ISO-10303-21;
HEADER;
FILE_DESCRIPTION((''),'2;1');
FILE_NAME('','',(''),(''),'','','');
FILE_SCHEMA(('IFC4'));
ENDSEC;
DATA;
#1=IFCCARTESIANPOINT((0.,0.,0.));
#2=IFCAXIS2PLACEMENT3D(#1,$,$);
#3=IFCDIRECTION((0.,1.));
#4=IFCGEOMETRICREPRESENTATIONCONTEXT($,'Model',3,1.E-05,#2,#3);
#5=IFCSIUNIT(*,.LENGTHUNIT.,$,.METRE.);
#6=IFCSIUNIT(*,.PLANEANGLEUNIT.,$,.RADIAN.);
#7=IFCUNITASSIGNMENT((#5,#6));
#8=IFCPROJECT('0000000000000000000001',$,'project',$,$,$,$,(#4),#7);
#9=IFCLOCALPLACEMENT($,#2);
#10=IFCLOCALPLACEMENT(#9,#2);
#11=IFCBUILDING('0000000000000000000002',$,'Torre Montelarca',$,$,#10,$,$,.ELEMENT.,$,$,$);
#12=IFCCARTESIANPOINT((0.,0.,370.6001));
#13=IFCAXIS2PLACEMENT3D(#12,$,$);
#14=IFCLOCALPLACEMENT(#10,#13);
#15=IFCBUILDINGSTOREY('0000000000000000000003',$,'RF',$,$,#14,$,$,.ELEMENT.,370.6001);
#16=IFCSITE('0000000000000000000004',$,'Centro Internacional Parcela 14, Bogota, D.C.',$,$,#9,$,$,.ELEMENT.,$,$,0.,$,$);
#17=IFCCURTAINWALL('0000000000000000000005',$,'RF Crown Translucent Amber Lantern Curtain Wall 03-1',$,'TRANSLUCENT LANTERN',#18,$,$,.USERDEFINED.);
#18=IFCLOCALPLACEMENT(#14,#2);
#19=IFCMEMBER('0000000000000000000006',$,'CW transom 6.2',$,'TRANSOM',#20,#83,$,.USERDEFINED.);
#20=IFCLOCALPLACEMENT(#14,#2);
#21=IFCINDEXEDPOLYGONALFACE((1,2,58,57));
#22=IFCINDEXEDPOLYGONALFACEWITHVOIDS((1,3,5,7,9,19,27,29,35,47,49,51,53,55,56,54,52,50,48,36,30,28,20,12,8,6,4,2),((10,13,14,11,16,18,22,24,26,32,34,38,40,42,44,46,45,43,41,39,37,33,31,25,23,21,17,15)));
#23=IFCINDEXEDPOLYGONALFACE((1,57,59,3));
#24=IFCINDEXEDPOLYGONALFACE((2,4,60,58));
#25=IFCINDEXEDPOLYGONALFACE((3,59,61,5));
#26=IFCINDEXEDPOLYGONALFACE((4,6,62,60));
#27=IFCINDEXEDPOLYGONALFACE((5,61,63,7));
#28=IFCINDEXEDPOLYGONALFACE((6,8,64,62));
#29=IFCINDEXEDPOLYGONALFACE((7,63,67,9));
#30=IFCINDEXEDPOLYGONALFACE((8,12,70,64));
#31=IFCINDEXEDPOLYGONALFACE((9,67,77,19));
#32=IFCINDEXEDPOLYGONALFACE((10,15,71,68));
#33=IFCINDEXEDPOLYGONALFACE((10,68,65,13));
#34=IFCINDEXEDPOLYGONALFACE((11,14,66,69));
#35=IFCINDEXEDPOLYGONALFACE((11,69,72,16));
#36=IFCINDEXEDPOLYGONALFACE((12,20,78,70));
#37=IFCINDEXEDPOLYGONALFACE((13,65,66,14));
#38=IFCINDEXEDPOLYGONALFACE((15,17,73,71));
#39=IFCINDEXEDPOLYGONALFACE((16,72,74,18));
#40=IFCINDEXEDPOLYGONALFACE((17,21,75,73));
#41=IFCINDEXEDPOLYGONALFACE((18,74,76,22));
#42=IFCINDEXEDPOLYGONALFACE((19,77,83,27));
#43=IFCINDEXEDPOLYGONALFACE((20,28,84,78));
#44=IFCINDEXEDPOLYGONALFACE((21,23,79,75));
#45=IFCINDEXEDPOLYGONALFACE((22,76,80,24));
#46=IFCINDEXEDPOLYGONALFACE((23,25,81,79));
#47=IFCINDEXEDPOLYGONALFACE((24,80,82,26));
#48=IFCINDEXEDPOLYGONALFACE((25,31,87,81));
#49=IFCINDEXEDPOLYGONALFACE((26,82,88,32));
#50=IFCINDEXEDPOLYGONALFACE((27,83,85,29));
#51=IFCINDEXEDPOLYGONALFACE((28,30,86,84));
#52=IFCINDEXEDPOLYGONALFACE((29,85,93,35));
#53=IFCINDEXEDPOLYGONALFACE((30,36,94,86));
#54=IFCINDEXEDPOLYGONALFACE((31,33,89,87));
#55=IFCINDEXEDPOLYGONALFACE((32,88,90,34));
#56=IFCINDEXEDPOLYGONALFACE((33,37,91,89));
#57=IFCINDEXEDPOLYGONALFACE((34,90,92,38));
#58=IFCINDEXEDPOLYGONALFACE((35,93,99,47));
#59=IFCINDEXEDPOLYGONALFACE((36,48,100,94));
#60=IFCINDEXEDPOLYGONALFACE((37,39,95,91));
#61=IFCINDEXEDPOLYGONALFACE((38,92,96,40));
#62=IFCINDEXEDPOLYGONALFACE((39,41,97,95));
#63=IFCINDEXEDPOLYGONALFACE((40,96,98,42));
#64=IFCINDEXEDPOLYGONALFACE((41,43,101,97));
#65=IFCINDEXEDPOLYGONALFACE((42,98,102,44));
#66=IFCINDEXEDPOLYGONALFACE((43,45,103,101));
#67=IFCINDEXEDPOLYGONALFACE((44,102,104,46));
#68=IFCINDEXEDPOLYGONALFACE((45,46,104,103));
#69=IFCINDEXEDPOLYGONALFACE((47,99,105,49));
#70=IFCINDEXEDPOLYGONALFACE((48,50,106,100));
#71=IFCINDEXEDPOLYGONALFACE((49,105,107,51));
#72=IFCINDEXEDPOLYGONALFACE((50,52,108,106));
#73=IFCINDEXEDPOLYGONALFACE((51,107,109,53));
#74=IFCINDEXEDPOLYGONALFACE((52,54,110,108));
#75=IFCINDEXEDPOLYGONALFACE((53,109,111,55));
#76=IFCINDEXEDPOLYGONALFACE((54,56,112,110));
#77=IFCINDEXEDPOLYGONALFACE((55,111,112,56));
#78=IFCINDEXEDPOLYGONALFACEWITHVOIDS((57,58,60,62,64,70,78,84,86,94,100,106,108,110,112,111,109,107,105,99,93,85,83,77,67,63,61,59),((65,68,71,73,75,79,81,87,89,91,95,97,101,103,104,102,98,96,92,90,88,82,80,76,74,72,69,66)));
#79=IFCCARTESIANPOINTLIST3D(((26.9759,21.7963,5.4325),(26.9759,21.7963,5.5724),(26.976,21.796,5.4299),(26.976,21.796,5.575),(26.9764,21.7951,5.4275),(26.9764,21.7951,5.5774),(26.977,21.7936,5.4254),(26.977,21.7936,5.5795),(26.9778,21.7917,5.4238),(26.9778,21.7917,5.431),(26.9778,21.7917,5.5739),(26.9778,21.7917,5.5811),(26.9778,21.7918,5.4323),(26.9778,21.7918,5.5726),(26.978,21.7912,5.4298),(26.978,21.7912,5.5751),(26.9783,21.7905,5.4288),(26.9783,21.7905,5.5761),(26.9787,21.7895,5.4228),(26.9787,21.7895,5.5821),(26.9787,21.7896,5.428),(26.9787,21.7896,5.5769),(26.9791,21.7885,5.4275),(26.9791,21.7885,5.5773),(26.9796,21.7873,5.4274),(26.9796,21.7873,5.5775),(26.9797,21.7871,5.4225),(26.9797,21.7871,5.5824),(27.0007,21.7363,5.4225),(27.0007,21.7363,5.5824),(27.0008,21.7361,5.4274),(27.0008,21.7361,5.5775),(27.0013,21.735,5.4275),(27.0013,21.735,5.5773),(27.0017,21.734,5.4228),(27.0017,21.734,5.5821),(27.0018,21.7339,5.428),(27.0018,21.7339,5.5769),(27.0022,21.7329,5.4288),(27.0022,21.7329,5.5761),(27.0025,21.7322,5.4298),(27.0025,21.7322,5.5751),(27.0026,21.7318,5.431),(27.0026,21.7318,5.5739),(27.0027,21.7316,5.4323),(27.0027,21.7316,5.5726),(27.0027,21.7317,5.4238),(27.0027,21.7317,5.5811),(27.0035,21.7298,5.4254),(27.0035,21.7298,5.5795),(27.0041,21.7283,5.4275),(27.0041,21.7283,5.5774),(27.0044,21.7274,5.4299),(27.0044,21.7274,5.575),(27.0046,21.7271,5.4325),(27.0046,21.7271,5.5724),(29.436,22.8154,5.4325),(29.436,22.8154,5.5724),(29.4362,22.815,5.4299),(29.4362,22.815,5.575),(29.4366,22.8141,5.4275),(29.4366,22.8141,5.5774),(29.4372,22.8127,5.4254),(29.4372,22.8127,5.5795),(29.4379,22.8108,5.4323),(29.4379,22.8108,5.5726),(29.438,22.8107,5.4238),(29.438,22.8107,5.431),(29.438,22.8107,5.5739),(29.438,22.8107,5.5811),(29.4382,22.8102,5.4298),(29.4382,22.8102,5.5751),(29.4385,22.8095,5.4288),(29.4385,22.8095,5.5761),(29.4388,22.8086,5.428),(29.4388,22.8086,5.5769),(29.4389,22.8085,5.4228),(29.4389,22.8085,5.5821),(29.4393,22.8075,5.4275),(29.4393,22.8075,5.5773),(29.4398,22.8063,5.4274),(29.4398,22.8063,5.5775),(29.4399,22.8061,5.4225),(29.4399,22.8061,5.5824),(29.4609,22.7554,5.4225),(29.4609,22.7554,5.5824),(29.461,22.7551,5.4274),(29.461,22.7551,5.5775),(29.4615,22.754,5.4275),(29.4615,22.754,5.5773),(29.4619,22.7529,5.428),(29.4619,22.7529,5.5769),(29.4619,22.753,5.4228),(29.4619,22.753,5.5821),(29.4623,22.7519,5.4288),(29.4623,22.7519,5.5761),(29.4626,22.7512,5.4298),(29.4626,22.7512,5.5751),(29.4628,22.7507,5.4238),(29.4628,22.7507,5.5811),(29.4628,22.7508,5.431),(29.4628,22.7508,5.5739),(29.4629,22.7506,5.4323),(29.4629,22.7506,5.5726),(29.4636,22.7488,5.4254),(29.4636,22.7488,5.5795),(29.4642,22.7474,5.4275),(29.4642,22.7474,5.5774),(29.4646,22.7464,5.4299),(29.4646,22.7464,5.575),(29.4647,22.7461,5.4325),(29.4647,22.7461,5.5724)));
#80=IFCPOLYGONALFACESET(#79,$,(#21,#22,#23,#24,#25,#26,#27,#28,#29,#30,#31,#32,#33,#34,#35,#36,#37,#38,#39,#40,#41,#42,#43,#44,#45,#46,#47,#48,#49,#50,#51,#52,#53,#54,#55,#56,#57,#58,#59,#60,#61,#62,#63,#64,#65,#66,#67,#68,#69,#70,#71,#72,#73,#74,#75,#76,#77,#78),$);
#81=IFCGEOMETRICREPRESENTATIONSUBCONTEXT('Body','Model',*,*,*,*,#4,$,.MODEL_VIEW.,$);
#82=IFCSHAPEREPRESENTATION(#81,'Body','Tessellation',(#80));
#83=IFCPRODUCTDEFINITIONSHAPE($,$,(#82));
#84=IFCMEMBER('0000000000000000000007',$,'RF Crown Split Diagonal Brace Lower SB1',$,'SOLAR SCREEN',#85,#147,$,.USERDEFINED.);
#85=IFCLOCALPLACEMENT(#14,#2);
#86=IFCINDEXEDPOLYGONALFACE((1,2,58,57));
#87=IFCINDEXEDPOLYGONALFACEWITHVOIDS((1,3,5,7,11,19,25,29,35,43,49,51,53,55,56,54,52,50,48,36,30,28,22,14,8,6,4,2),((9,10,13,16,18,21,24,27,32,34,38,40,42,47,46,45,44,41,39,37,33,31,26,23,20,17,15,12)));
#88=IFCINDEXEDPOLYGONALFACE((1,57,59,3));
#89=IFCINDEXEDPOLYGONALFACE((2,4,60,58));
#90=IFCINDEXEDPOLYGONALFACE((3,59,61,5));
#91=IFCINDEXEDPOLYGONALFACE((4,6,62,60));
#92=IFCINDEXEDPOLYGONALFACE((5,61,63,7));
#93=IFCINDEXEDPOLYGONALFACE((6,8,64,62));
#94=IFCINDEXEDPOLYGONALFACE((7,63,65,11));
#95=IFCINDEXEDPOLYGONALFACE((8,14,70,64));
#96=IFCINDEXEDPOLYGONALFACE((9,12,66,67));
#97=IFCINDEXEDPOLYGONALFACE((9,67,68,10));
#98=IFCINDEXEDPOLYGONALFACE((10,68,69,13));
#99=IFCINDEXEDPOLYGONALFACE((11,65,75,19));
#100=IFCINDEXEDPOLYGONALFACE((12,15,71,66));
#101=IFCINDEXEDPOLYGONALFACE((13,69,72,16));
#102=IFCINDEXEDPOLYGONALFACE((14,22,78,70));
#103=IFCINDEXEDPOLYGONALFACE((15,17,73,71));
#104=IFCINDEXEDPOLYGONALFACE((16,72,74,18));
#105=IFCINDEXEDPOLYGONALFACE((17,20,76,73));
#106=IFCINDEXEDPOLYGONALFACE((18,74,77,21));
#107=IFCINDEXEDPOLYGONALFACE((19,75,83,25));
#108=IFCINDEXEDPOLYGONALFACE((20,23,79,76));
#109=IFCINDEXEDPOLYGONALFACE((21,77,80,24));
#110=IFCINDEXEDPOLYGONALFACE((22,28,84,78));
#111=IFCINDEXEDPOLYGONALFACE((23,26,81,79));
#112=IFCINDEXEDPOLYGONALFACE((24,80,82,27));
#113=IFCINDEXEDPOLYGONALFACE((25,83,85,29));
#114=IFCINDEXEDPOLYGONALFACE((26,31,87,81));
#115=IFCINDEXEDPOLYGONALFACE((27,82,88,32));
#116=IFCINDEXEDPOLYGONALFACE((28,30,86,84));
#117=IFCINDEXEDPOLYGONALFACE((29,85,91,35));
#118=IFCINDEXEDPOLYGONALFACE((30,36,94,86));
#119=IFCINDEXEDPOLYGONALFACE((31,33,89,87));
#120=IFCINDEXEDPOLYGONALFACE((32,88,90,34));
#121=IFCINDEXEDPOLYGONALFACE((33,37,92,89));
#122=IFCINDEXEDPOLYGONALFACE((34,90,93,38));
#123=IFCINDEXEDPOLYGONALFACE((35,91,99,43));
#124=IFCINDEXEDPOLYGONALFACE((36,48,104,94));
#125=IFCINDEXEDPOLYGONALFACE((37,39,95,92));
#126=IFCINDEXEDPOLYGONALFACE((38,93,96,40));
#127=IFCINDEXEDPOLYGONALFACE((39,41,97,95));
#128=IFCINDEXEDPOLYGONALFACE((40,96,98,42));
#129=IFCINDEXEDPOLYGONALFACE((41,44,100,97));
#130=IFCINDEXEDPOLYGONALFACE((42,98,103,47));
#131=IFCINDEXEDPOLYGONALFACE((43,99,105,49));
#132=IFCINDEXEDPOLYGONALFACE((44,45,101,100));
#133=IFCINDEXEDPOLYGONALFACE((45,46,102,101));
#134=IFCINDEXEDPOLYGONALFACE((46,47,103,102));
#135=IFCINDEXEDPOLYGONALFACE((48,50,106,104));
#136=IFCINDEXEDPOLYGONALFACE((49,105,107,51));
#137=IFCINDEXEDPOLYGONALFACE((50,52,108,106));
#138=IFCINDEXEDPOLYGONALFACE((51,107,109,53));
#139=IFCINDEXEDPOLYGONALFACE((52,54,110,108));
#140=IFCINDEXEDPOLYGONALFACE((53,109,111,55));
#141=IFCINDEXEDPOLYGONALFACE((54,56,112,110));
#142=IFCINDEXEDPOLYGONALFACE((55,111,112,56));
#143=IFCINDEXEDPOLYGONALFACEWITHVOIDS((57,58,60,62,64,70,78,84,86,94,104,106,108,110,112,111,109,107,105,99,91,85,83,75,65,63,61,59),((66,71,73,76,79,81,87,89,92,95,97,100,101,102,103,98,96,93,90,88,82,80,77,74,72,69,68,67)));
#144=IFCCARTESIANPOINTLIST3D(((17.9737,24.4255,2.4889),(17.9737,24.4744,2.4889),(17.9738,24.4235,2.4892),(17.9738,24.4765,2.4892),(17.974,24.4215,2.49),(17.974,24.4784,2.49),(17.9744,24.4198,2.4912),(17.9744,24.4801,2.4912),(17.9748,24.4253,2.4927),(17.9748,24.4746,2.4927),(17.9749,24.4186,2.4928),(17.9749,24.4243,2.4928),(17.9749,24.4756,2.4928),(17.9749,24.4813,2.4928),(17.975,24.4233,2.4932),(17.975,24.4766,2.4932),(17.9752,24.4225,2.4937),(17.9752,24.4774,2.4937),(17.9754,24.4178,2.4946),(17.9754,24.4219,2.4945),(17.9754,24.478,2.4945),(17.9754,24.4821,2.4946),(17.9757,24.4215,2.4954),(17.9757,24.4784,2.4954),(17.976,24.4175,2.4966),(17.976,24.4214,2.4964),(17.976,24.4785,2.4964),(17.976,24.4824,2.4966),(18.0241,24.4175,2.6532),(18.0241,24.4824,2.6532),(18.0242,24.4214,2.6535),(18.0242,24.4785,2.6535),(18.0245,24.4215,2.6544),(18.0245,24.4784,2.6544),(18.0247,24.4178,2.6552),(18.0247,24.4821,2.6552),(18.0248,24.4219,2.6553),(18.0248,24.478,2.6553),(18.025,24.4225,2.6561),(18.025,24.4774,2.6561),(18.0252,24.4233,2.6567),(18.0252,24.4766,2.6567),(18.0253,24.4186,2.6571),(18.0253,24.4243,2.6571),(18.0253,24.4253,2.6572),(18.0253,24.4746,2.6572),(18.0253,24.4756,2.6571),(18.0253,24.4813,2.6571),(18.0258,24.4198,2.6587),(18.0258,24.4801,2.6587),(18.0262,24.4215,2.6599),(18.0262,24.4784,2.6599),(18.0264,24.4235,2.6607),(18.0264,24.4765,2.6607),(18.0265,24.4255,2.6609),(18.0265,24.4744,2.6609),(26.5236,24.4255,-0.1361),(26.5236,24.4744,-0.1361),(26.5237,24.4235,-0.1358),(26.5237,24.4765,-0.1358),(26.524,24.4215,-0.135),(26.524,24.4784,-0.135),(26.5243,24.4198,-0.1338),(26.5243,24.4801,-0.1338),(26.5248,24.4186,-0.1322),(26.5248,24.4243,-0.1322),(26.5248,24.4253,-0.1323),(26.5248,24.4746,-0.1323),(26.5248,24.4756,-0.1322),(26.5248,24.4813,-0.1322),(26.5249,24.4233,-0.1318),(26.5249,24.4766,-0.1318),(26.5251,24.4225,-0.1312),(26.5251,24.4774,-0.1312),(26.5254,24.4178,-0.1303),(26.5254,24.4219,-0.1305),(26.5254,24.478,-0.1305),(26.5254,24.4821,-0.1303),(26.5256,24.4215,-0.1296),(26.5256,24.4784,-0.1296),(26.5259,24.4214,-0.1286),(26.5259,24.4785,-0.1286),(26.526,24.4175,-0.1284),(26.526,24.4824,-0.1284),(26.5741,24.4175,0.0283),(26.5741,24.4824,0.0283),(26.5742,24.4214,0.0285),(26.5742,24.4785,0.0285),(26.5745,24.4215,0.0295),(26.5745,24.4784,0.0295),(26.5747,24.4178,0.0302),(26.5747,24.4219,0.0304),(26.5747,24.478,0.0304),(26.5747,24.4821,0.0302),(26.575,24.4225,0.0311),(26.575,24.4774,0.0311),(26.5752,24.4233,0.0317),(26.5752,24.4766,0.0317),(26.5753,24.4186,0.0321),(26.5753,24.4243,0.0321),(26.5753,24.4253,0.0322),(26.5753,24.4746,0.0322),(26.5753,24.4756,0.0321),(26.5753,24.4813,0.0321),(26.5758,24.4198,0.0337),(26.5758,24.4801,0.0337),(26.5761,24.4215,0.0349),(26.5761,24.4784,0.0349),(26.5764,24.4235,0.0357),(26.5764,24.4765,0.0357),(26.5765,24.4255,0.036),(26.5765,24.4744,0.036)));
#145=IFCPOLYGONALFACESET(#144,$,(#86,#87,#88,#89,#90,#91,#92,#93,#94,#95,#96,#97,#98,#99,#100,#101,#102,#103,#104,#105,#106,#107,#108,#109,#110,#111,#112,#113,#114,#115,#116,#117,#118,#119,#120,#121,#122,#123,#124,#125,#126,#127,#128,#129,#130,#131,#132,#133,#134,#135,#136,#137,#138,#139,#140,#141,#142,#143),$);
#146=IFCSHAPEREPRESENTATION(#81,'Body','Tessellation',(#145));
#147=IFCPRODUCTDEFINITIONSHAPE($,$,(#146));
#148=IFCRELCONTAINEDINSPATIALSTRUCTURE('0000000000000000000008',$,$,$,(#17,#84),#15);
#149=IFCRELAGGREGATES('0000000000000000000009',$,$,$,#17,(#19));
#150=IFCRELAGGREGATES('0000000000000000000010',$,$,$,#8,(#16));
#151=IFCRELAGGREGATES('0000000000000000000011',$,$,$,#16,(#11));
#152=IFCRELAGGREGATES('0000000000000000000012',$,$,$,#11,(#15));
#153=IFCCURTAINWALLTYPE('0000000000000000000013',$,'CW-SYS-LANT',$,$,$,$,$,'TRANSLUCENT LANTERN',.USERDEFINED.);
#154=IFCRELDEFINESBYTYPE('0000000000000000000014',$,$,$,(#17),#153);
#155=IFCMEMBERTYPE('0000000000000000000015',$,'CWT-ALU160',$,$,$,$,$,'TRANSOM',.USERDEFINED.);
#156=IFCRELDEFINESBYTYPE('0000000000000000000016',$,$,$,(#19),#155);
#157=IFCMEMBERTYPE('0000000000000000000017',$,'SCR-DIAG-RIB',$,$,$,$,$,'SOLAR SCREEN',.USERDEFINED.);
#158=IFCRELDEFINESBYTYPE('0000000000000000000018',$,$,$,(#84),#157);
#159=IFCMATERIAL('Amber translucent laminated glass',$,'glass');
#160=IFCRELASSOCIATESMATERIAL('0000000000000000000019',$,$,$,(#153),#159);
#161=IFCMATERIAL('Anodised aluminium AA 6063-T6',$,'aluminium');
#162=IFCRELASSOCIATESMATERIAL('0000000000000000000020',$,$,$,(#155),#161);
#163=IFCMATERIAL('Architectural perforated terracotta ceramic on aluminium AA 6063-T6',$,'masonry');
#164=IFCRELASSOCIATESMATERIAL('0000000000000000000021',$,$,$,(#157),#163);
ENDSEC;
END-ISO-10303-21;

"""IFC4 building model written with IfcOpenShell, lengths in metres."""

from ifc_helpers import new_model, si_unit, direction, frame, origin, origin_2d, place, context, subcontext, project, spatial, hollow_rectangle, extrude, source, transform, mapped, material, material_profile, profile_set, type_object, element, aggregate, save


model = new_model("IFC4")

# Units and contexts
model_context = context("Model", 3, precision=1e-05, world=origin(), true_north=direction((0.0, 1.0)))
body_context = subcontext(model_context, "Body", "Model", "MODEL_VIEW")
ifc_project = project(units=[si_unit("LENGTHUNIT", "METRE"), si_unit("PLANEANGLEUNIT", "RADIAN")], contexts=[model_context])

# Site, building, storey
site_placement = place(None, origin())
site = spatial("IfcSite", under=ifc_project, at=site_placement, Name="Centro Internacional Parcela 14, Bogota, D.C.", CompositionType="ELEMENT", RefElevation=0.0)
building_placement = place(site_placement, origin())
building = spatial("IfcBuilding", under=site, at=building_placement, Name="Torre Montelarca", CompositionType="ELEMENT")
storey_placement = place(building_placement, frame((0.0, 0.0, 370.6001)))
storey = spatial("IfcBuildingStorey", under=building, at=storey_placement, Name="RF", CompositionType="ELEMENT", Elevation=370.6001)

# Curtain wall, member
ifc_material_1 = material(Name="Amber translucent laminated glass", Category="glass")
curtain_wall_type = type_object("IfcCurtainWallType", Name="CW-SYS-LANT", ElementType="TRANSLUCENT LANTERN", PredefinedType="USERDEFINED", material=ifc_material_1)
curtain_wall_placement = place(storey_placement, origin())
curtain_wall = element("IfcCurtainWall", 1, at=curtain_wall_placement, inside=storey, type_object=curtain_wall_type, Name="RF Crown Translucent Amber Lantern Curtain Wall 03-1", ObjectType="TRANSLUCENT LANTERN", PredefinedType="USERDEFINED")
ifc_material_2 = material(Name="Anodised aluminium AA 6063-T6", Category="aluminium")
ifc_material_profile_1 = material_profile(ifc_material_2, hollow_rectangle(XDim=0.075, YDim=0.1599, WallThickness=0.0049, InnerFilletRadius=0.0049, OuterFilletRadius=0.01, at=origin_2d()), Name="ALU75X160X5", Category="aluminium")
ifc_profile_set_1 = profile_set([ifc_material_profile_1], Name="Anodised aluminium AA 6063-T6")
member_type_1 = type_object("IfcMemberType", Name="CWT-ALU160", ElementType="TRANSOM", PredefinedType="USERDEFINED", material=ifc_profile_set_1)
shared_shape_1 = source(origin(), body_context, "Body", "SweptSolid", [
    extrude(hollow_rectangle(XDim=0.075, YDim=0.1599, WallThickness=0.0049, InnerFilletRadius=0.0049, OuterFilletRadius=0.01, at=origin_2d()), origin(), (0.0, 0.0, 1.0), 2.6628),
])
member_1_placement = place(storey_placement, frame((26.9902, 21.7617, 5.5024), z_axis=(0.923881, 0.382681, 0.0), x_axis=(-0.382681, 0.923881, 0.0)))
member_1 = element("IfcMember", 2, at=member_1_placement, type_object=member_type_1, Name="CW transom 6.2", ObjectType="TRANSOM", PredefinedType="USERDEFINED", context=body_context, shape_type="MappedRepresentation", body=[
    mapped(shared_shape_1, transform((0.0, 0.0, 0.0), scale=1.0)),
])

# Member
ifc_material_3 = material(Name="Architectural perforated terracotta ceramic on aluminium AA 6063-T6", Category="masonry")
ifc_material_profile_2 = material_profile(ifc_material_3, hollow_rectangle(XDim=0.0649, YDim=0.1799, WallThickness=0.0039, InnerFilletRadius=0.0039, OuterFilletRadius=0.0081, at=origin_2d()), Name="ALU65X180X4", Category="masonry")
ifc_profile_set_2 = profile_set([ifc_material_profile_2], Name="Architectural perforated terracotta ceramic on aluminium AA 6063-T6")
member_type_2 = type_object("IfcMemberType", Name="SCR-DIAG-RIB", ElementType="SOLAR SCREEN", PredefinedType="USERDEFINED", material=ifc_profile_set_2)
shared_shape_2 = source(origin(), body_context, "Body", "SweptSolid", [
    extrude(hollow_rectangle(XDim=0.0649, YDim=0.1799, WallThickness=0.0039, InnerFilletRadius=0.0039, OuterFilletRadius=0.0081, at=origin_2d()), origin(), (0.0, 0.0, 1.0), 8.9438),
])
member_2_placement = place(storey_placement, frame((26.55, 24.45, -0.05), z_axis=(-0.955961, 0.0, 0.293495), x_axis=(0.0, -1.0, 0.0)))
element("IfcMember", 3, at=member_2_placement, inside=storey, type_object=member_type_2, Name="RF Crown Split Diagonal Brace Lower SB1", ObjectType="SOLAR SCREEN", PredefinedType="USERDEFINED", context=body_context, shape_type="MappedRepresentation", body=[
    mapped(shared_shape_2, transform((0.0, 0.0, 0.0), scale=1.0)),
])

aggregate(curtain_wall, [member_1])

save(model, "model.ifc")
